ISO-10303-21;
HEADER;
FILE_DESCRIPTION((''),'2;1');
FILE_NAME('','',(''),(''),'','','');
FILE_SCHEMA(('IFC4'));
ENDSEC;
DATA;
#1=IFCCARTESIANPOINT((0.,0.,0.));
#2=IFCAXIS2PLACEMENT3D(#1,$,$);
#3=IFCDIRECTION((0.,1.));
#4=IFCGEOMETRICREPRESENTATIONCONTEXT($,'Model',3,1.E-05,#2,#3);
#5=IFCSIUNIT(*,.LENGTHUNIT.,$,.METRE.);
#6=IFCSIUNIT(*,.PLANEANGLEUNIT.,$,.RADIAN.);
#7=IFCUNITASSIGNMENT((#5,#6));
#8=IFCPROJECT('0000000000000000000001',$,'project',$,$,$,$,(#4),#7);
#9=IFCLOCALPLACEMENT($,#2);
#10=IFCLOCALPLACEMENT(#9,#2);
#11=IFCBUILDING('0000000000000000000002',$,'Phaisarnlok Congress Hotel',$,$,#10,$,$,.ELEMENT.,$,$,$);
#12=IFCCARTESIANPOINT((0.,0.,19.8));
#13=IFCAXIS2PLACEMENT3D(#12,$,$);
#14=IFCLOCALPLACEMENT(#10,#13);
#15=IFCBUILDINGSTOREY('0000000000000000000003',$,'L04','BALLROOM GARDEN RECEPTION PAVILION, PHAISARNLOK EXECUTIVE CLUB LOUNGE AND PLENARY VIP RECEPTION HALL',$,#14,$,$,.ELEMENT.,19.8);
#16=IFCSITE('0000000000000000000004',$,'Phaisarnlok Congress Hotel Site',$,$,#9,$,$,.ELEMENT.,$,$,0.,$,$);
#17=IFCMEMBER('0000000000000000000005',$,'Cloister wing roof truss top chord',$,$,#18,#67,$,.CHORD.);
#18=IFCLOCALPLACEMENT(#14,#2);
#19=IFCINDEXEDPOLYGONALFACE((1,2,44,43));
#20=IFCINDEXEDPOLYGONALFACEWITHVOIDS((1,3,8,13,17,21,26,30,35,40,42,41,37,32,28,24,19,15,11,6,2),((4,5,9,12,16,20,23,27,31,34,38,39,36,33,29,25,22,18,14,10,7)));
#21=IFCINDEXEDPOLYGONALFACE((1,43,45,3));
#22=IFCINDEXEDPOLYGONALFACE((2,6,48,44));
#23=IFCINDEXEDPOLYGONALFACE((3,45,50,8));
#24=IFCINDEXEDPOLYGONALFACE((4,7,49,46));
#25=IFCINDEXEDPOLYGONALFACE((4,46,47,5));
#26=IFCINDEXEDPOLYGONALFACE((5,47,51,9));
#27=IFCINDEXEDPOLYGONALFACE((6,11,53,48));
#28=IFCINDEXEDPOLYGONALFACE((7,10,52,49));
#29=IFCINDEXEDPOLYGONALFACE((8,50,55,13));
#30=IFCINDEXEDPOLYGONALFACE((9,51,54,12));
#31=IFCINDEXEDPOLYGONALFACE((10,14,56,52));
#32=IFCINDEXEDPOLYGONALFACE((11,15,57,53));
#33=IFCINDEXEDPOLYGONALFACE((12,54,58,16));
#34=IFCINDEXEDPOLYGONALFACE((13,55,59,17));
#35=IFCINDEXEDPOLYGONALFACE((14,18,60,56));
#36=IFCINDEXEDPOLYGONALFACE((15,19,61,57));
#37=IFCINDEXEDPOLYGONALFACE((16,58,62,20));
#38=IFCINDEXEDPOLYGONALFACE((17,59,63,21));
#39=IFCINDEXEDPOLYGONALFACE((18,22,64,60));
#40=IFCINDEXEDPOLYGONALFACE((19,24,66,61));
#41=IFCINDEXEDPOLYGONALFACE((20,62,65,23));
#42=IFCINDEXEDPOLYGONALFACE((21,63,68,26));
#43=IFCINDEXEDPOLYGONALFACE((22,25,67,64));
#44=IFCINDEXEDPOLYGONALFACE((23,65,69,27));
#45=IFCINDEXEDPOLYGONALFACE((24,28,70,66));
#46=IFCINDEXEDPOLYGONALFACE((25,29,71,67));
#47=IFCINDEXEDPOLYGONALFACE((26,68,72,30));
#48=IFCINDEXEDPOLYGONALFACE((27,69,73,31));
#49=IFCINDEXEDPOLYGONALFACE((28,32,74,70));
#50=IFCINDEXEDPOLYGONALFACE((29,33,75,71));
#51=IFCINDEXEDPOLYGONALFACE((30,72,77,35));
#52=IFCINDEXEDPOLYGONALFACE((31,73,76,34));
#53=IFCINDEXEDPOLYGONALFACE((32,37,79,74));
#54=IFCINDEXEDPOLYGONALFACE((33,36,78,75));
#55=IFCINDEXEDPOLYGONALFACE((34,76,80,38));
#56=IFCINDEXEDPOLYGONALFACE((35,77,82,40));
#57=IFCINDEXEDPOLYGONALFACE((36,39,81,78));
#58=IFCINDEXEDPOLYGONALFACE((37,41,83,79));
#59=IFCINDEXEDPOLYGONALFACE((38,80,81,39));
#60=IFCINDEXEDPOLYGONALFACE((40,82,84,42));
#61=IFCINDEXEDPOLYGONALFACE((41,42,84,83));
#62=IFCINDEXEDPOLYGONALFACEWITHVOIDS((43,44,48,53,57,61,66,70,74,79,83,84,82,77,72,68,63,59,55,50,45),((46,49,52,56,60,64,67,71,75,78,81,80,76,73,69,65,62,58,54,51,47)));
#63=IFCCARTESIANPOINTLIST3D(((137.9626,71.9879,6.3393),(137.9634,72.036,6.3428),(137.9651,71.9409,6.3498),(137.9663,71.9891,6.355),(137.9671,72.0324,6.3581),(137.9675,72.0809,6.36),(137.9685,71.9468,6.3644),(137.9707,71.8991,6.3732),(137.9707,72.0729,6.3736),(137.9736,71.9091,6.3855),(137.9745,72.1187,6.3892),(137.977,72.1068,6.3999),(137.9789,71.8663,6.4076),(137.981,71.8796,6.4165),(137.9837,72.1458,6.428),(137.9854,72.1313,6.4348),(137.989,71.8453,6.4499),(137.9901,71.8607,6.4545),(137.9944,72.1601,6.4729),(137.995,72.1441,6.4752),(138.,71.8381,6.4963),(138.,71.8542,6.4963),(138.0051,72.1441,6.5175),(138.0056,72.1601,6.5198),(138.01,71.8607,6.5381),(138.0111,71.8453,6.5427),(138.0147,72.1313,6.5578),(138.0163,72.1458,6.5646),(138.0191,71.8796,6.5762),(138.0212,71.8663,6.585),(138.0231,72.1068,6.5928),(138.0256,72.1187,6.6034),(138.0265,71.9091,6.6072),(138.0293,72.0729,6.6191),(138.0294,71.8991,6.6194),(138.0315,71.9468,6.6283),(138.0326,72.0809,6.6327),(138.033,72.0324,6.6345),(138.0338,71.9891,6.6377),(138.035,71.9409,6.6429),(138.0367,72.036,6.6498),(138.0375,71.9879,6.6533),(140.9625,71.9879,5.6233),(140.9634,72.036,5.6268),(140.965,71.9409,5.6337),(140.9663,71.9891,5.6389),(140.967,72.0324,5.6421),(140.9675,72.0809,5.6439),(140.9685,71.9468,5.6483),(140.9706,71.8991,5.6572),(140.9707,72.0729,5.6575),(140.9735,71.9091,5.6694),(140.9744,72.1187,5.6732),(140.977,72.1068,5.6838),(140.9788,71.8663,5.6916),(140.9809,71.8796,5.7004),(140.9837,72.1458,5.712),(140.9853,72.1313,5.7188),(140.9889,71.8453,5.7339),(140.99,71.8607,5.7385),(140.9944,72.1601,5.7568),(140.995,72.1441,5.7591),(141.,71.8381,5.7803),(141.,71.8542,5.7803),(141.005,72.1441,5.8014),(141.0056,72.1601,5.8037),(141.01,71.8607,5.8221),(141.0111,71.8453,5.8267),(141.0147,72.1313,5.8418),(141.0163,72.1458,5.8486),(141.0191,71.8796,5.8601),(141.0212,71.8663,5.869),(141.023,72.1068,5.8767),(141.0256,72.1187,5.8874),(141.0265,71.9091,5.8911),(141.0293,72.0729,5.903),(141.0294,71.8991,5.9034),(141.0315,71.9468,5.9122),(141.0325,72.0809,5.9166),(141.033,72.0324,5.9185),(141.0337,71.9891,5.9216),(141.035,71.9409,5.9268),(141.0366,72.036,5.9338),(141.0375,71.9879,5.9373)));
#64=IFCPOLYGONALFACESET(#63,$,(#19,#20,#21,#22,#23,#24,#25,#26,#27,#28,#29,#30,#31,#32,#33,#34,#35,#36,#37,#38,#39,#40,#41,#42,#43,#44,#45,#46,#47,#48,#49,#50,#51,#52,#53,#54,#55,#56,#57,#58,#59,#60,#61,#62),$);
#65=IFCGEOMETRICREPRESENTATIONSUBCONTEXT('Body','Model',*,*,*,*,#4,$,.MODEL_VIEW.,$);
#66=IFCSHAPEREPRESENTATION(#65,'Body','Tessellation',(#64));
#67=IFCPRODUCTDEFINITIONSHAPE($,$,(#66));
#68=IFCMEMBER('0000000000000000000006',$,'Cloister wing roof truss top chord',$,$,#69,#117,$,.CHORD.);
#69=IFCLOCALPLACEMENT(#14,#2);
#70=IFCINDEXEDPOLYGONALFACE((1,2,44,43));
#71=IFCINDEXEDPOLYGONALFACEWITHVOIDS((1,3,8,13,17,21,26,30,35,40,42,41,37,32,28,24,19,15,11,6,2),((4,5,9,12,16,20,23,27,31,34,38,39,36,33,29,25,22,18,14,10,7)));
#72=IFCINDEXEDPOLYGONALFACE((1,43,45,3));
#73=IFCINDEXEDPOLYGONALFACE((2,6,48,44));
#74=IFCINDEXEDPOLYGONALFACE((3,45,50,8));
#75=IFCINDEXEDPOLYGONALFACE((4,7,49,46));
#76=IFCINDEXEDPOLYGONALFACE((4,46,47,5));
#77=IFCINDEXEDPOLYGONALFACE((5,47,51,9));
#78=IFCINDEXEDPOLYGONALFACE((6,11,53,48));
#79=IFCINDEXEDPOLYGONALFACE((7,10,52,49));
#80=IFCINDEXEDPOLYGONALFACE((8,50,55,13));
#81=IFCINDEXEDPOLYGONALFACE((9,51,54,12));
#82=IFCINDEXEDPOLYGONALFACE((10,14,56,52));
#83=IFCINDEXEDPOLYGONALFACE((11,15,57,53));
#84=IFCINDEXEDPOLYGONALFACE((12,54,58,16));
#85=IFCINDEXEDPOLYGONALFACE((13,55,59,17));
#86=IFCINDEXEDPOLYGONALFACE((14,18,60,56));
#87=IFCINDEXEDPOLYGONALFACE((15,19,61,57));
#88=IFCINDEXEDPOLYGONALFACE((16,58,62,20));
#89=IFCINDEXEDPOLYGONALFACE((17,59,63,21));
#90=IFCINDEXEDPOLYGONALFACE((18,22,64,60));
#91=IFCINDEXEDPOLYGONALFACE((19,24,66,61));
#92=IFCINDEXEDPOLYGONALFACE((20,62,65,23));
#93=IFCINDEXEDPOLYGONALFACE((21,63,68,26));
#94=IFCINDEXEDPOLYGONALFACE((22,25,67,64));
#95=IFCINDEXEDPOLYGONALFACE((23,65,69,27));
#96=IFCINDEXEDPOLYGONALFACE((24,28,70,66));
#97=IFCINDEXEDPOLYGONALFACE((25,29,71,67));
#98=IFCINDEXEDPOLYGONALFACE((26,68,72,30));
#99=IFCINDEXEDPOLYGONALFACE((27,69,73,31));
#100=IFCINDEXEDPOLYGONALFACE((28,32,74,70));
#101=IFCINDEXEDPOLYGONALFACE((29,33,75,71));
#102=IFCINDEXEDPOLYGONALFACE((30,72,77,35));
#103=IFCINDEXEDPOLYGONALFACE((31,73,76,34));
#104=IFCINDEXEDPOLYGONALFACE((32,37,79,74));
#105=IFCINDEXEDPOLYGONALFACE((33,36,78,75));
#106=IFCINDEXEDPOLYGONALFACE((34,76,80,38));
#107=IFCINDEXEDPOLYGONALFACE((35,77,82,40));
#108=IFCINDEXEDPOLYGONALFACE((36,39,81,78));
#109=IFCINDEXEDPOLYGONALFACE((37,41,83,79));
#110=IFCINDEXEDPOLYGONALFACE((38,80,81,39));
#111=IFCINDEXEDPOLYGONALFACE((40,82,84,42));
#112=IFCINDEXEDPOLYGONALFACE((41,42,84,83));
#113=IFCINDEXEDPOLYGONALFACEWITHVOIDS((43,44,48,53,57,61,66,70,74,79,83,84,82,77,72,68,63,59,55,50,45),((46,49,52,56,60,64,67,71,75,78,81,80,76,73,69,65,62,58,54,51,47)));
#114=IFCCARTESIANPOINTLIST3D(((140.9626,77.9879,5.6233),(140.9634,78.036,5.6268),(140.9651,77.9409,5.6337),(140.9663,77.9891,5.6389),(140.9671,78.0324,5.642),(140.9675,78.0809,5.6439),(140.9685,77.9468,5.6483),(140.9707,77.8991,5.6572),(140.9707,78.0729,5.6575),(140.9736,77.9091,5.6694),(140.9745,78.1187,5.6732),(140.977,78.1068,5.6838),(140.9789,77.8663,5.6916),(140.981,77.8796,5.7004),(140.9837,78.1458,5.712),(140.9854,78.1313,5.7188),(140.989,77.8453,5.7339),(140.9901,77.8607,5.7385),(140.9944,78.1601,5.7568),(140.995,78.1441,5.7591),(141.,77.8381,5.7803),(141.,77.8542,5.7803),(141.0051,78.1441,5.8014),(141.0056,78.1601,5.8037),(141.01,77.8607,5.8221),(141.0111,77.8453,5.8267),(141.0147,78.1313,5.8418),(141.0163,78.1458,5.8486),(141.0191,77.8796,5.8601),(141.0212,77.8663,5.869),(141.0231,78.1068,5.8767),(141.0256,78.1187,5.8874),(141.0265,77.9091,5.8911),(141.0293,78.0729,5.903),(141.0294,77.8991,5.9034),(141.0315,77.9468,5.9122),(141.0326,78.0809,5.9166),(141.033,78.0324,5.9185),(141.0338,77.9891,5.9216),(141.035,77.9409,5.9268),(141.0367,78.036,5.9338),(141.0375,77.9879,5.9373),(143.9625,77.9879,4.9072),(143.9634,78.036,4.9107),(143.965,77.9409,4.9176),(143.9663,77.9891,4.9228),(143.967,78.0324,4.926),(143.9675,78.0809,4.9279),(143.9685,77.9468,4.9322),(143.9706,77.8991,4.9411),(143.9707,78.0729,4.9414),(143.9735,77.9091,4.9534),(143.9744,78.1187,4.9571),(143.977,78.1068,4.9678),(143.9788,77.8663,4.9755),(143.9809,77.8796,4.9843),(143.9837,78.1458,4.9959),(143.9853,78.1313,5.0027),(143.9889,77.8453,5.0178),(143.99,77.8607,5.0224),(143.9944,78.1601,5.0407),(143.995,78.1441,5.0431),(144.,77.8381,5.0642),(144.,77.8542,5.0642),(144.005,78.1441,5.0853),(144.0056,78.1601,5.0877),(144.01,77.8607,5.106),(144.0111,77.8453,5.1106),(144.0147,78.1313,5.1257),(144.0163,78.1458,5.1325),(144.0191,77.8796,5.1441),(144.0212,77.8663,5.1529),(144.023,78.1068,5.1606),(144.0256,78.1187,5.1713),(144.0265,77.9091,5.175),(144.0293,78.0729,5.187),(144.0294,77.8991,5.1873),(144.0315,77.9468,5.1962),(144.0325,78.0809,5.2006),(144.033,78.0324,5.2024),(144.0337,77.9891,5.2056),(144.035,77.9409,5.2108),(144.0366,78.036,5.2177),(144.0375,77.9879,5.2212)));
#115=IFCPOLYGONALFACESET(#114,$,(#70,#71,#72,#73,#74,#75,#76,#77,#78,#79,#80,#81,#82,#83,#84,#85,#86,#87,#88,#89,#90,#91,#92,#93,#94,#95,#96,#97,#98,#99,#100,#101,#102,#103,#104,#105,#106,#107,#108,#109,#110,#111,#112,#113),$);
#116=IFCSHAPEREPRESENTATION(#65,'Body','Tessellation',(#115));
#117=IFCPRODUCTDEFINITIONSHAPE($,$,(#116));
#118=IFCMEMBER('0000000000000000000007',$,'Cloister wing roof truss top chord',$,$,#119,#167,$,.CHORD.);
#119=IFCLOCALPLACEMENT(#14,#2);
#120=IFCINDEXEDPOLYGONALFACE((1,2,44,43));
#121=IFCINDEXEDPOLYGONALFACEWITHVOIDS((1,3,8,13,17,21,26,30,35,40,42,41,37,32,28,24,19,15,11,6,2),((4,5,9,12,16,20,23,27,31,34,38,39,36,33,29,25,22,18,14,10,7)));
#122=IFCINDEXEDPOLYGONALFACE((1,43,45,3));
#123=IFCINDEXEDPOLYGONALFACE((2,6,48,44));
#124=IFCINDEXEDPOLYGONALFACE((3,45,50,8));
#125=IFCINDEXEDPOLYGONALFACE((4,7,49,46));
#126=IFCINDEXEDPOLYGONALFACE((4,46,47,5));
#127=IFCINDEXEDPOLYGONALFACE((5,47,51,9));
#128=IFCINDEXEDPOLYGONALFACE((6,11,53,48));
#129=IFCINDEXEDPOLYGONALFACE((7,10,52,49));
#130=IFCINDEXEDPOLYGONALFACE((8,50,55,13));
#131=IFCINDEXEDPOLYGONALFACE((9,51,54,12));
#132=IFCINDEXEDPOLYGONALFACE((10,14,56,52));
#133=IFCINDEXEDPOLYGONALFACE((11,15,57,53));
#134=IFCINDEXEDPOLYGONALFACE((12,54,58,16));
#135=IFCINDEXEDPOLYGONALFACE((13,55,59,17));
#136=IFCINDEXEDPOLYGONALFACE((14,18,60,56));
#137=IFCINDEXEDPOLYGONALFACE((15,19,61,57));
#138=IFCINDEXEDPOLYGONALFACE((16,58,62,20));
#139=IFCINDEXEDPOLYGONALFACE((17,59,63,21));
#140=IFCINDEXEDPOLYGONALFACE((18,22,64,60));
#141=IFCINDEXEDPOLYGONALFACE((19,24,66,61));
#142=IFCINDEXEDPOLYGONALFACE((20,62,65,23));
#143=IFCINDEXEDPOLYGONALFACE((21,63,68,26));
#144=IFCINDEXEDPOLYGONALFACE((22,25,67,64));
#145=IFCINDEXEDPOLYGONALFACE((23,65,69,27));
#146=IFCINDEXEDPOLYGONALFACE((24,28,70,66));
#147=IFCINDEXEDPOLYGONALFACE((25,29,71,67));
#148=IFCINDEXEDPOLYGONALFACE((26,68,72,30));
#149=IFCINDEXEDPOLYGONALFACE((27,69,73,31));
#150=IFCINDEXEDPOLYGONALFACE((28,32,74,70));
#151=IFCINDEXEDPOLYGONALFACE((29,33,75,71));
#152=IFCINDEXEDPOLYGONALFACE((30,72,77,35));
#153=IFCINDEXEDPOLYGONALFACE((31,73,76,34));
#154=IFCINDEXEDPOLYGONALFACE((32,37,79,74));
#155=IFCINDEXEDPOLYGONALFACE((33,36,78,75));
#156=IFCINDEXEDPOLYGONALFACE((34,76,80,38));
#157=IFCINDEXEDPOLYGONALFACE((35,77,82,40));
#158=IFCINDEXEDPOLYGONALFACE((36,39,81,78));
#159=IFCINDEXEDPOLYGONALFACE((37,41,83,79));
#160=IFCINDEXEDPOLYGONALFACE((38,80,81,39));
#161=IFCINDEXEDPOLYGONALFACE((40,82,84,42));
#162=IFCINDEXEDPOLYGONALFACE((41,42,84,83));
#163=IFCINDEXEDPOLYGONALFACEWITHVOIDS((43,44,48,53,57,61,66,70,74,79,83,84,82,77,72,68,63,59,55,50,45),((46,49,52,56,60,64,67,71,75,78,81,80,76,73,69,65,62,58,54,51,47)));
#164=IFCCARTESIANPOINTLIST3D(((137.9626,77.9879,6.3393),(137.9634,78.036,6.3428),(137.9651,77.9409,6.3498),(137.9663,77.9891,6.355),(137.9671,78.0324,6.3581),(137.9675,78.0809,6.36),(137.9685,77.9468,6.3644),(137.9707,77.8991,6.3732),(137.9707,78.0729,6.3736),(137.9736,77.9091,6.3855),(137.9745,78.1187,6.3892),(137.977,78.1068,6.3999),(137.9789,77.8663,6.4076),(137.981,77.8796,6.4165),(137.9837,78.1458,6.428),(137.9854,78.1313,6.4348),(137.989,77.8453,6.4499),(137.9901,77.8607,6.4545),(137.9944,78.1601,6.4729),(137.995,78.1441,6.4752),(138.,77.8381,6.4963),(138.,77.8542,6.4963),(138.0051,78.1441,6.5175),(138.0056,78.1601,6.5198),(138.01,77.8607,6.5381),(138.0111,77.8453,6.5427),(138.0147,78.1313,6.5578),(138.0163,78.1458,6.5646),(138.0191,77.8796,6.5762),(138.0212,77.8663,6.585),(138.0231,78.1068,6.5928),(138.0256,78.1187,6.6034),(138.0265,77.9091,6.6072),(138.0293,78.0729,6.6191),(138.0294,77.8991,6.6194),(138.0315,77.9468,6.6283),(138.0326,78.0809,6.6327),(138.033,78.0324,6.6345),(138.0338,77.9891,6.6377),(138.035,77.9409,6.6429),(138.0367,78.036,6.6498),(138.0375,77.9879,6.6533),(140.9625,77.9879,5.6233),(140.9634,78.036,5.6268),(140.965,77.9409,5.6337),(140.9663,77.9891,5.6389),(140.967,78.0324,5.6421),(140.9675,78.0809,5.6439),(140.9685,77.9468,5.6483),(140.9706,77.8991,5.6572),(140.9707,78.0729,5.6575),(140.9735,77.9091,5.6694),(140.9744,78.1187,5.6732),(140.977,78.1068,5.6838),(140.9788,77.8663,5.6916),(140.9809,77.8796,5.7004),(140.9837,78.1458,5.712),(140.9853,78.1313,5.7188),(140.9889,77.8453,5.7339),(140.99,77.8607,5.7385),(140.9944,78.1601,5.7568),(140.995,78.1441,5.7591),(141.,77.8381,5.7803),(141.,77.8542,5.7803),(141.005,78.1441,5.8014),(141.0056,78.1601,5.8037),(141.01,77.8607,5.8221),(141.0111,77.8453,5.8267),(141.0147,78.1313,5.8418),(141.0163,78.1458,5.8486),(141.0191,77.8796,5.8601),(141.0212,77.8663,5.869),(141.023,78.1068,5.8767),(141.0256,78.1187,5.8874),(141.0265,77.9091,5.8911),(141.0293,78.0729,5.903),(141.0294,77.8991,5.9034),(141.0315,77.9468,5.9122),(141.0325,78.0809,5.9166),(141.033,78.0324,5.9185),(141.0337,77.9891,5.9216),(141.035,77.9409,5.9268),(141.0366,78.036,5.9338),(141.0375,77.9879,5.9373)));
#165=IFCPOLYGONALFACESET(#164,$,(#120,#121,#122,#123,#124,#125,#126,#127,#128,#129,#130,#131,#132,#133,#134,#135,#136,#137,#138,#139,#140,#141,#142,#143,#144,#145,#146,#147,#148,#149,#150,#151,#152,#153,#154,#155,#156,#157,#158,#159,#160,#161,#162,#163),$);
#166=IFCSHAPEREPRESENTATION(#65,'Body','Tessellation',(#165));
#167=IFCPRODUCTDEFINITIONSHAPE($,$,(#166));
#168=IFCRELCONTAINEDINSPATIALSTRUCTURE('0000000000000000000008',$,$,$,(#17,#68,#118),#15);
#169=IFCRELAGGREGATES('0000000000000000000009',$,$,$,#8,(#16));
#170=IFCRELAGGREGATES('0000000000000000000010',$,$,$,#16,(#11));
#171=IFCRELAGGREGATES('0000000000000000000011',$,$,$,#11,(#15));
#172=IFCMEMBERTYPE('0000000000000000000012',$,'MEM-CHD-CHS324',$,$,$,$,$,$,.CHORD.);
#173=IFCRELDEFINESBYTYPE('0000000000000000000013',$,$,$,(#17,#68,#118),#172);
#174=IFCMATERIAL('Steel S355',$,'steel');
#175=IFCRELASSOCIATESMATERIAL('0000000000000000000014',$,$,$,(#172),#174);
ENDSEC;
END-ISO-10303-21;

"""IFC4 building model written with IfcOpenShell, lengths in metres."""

from ifc_helpers import new_model, si_unit, direction, frame, origin, origin_2d, place, context, subcontext, project, spatial, hollow_circle, extrude, material, material_profile, profile_set, type_object, element, save


model = new_model("IFC4")

# Units and contexts
model_context = context("Model", 3, precision=1e-05, world=origin(), true_north=direction((0.0, 1.0)))
body_context = subcontext(model_context, "Body", "Model", "MODEL_VIEW")
ifc_project = project(units=[si_unit("LENGTHUNIT", "METRE"), si_unit("PLANEANGLEUNIT", "RADIAN")], contexts=[model_context])

# Site, building, storey
site_placement = place(None, origin())
site = spatial("IfcSite", under=ifc_project, at=site_placement, Name="Phaisarnlok Congress Hotel Site", CompositionType="ELEMENT", RefElevation=0.0)
building_placement = place(site_placement, origin())
building = spatial("IfcBuilding", under=site, at=building_placement, Name="Phaisarnlok Congress Hotel", CompositionType="ELEMENT")
storey_placement = place(building_placement, frame((0.0, 0.0, 19.8)))
storey = spatial("IfcBuildingStorey", under=building, at=storey_placement, Name="L04", Description="BALLROOM GARDEN RECEPTION PAVILION, PHAISARNLOK EXECUTIVE CLUB LOUNGE AND PLENARY VIP RECEPTION HALL", CompositionType="ELEMENT", Elevation=19.8)

# Shared definitions
ifc_material = material(Name="Steel S355", Category="steel")

# Members
ifc_material_profile_1 = material_profile(ifc_material, hollow_circle(Radius=0.1619, WallThickness=0.0161, at=origin_2d()), Name="CHS 323.9x16")
ifc_profile_set_1 = profile_set([ifc_material_profile_1], Name="Steel S355")
member_type_1 = type_object("IfcMemberType", Name="MEM-CHD-CHS324", PredefinedType="CHORD", material=ifc_profile_set_1)
for number, where, z_axis, x_axis, name in (
    (1, (141.0, 72.0, 5.7803), (-0.972676, 0.0, 0.232166), (0.0, -1.0, 0.0), "Cloister wing roof truss top chord"),
    (2, (144.0, 78.0, 5.0642), (-0.972676, 0.0, 0.232166), (0.0, -1.0, 0.0), "Cloister wing roof truss top chord"),
    (3, (141.0, 78.0, 5.7803), (-0.972676, 0.0, 0.232166), (0.0, -1.0, 0.0), "Cloister wing roof truss top chord"),
):
    element("IfcMember", number, at=place(storey_placement, frame(where, z_axis=z_axis, x_axis=x_axis)), inside=storey, type_object=member_type_1, Name=name, PredefinedType="CHORD", context=body_context, shape_type="SweptSolid", body=[
        extrude(hollow_circle(Radius=0.1619, WallThickness=0.0161, at=origin_2d()), origin(), (0.0, 0.0, 1.0), 3.0842),
    ])

save(model, "model.ifc")
